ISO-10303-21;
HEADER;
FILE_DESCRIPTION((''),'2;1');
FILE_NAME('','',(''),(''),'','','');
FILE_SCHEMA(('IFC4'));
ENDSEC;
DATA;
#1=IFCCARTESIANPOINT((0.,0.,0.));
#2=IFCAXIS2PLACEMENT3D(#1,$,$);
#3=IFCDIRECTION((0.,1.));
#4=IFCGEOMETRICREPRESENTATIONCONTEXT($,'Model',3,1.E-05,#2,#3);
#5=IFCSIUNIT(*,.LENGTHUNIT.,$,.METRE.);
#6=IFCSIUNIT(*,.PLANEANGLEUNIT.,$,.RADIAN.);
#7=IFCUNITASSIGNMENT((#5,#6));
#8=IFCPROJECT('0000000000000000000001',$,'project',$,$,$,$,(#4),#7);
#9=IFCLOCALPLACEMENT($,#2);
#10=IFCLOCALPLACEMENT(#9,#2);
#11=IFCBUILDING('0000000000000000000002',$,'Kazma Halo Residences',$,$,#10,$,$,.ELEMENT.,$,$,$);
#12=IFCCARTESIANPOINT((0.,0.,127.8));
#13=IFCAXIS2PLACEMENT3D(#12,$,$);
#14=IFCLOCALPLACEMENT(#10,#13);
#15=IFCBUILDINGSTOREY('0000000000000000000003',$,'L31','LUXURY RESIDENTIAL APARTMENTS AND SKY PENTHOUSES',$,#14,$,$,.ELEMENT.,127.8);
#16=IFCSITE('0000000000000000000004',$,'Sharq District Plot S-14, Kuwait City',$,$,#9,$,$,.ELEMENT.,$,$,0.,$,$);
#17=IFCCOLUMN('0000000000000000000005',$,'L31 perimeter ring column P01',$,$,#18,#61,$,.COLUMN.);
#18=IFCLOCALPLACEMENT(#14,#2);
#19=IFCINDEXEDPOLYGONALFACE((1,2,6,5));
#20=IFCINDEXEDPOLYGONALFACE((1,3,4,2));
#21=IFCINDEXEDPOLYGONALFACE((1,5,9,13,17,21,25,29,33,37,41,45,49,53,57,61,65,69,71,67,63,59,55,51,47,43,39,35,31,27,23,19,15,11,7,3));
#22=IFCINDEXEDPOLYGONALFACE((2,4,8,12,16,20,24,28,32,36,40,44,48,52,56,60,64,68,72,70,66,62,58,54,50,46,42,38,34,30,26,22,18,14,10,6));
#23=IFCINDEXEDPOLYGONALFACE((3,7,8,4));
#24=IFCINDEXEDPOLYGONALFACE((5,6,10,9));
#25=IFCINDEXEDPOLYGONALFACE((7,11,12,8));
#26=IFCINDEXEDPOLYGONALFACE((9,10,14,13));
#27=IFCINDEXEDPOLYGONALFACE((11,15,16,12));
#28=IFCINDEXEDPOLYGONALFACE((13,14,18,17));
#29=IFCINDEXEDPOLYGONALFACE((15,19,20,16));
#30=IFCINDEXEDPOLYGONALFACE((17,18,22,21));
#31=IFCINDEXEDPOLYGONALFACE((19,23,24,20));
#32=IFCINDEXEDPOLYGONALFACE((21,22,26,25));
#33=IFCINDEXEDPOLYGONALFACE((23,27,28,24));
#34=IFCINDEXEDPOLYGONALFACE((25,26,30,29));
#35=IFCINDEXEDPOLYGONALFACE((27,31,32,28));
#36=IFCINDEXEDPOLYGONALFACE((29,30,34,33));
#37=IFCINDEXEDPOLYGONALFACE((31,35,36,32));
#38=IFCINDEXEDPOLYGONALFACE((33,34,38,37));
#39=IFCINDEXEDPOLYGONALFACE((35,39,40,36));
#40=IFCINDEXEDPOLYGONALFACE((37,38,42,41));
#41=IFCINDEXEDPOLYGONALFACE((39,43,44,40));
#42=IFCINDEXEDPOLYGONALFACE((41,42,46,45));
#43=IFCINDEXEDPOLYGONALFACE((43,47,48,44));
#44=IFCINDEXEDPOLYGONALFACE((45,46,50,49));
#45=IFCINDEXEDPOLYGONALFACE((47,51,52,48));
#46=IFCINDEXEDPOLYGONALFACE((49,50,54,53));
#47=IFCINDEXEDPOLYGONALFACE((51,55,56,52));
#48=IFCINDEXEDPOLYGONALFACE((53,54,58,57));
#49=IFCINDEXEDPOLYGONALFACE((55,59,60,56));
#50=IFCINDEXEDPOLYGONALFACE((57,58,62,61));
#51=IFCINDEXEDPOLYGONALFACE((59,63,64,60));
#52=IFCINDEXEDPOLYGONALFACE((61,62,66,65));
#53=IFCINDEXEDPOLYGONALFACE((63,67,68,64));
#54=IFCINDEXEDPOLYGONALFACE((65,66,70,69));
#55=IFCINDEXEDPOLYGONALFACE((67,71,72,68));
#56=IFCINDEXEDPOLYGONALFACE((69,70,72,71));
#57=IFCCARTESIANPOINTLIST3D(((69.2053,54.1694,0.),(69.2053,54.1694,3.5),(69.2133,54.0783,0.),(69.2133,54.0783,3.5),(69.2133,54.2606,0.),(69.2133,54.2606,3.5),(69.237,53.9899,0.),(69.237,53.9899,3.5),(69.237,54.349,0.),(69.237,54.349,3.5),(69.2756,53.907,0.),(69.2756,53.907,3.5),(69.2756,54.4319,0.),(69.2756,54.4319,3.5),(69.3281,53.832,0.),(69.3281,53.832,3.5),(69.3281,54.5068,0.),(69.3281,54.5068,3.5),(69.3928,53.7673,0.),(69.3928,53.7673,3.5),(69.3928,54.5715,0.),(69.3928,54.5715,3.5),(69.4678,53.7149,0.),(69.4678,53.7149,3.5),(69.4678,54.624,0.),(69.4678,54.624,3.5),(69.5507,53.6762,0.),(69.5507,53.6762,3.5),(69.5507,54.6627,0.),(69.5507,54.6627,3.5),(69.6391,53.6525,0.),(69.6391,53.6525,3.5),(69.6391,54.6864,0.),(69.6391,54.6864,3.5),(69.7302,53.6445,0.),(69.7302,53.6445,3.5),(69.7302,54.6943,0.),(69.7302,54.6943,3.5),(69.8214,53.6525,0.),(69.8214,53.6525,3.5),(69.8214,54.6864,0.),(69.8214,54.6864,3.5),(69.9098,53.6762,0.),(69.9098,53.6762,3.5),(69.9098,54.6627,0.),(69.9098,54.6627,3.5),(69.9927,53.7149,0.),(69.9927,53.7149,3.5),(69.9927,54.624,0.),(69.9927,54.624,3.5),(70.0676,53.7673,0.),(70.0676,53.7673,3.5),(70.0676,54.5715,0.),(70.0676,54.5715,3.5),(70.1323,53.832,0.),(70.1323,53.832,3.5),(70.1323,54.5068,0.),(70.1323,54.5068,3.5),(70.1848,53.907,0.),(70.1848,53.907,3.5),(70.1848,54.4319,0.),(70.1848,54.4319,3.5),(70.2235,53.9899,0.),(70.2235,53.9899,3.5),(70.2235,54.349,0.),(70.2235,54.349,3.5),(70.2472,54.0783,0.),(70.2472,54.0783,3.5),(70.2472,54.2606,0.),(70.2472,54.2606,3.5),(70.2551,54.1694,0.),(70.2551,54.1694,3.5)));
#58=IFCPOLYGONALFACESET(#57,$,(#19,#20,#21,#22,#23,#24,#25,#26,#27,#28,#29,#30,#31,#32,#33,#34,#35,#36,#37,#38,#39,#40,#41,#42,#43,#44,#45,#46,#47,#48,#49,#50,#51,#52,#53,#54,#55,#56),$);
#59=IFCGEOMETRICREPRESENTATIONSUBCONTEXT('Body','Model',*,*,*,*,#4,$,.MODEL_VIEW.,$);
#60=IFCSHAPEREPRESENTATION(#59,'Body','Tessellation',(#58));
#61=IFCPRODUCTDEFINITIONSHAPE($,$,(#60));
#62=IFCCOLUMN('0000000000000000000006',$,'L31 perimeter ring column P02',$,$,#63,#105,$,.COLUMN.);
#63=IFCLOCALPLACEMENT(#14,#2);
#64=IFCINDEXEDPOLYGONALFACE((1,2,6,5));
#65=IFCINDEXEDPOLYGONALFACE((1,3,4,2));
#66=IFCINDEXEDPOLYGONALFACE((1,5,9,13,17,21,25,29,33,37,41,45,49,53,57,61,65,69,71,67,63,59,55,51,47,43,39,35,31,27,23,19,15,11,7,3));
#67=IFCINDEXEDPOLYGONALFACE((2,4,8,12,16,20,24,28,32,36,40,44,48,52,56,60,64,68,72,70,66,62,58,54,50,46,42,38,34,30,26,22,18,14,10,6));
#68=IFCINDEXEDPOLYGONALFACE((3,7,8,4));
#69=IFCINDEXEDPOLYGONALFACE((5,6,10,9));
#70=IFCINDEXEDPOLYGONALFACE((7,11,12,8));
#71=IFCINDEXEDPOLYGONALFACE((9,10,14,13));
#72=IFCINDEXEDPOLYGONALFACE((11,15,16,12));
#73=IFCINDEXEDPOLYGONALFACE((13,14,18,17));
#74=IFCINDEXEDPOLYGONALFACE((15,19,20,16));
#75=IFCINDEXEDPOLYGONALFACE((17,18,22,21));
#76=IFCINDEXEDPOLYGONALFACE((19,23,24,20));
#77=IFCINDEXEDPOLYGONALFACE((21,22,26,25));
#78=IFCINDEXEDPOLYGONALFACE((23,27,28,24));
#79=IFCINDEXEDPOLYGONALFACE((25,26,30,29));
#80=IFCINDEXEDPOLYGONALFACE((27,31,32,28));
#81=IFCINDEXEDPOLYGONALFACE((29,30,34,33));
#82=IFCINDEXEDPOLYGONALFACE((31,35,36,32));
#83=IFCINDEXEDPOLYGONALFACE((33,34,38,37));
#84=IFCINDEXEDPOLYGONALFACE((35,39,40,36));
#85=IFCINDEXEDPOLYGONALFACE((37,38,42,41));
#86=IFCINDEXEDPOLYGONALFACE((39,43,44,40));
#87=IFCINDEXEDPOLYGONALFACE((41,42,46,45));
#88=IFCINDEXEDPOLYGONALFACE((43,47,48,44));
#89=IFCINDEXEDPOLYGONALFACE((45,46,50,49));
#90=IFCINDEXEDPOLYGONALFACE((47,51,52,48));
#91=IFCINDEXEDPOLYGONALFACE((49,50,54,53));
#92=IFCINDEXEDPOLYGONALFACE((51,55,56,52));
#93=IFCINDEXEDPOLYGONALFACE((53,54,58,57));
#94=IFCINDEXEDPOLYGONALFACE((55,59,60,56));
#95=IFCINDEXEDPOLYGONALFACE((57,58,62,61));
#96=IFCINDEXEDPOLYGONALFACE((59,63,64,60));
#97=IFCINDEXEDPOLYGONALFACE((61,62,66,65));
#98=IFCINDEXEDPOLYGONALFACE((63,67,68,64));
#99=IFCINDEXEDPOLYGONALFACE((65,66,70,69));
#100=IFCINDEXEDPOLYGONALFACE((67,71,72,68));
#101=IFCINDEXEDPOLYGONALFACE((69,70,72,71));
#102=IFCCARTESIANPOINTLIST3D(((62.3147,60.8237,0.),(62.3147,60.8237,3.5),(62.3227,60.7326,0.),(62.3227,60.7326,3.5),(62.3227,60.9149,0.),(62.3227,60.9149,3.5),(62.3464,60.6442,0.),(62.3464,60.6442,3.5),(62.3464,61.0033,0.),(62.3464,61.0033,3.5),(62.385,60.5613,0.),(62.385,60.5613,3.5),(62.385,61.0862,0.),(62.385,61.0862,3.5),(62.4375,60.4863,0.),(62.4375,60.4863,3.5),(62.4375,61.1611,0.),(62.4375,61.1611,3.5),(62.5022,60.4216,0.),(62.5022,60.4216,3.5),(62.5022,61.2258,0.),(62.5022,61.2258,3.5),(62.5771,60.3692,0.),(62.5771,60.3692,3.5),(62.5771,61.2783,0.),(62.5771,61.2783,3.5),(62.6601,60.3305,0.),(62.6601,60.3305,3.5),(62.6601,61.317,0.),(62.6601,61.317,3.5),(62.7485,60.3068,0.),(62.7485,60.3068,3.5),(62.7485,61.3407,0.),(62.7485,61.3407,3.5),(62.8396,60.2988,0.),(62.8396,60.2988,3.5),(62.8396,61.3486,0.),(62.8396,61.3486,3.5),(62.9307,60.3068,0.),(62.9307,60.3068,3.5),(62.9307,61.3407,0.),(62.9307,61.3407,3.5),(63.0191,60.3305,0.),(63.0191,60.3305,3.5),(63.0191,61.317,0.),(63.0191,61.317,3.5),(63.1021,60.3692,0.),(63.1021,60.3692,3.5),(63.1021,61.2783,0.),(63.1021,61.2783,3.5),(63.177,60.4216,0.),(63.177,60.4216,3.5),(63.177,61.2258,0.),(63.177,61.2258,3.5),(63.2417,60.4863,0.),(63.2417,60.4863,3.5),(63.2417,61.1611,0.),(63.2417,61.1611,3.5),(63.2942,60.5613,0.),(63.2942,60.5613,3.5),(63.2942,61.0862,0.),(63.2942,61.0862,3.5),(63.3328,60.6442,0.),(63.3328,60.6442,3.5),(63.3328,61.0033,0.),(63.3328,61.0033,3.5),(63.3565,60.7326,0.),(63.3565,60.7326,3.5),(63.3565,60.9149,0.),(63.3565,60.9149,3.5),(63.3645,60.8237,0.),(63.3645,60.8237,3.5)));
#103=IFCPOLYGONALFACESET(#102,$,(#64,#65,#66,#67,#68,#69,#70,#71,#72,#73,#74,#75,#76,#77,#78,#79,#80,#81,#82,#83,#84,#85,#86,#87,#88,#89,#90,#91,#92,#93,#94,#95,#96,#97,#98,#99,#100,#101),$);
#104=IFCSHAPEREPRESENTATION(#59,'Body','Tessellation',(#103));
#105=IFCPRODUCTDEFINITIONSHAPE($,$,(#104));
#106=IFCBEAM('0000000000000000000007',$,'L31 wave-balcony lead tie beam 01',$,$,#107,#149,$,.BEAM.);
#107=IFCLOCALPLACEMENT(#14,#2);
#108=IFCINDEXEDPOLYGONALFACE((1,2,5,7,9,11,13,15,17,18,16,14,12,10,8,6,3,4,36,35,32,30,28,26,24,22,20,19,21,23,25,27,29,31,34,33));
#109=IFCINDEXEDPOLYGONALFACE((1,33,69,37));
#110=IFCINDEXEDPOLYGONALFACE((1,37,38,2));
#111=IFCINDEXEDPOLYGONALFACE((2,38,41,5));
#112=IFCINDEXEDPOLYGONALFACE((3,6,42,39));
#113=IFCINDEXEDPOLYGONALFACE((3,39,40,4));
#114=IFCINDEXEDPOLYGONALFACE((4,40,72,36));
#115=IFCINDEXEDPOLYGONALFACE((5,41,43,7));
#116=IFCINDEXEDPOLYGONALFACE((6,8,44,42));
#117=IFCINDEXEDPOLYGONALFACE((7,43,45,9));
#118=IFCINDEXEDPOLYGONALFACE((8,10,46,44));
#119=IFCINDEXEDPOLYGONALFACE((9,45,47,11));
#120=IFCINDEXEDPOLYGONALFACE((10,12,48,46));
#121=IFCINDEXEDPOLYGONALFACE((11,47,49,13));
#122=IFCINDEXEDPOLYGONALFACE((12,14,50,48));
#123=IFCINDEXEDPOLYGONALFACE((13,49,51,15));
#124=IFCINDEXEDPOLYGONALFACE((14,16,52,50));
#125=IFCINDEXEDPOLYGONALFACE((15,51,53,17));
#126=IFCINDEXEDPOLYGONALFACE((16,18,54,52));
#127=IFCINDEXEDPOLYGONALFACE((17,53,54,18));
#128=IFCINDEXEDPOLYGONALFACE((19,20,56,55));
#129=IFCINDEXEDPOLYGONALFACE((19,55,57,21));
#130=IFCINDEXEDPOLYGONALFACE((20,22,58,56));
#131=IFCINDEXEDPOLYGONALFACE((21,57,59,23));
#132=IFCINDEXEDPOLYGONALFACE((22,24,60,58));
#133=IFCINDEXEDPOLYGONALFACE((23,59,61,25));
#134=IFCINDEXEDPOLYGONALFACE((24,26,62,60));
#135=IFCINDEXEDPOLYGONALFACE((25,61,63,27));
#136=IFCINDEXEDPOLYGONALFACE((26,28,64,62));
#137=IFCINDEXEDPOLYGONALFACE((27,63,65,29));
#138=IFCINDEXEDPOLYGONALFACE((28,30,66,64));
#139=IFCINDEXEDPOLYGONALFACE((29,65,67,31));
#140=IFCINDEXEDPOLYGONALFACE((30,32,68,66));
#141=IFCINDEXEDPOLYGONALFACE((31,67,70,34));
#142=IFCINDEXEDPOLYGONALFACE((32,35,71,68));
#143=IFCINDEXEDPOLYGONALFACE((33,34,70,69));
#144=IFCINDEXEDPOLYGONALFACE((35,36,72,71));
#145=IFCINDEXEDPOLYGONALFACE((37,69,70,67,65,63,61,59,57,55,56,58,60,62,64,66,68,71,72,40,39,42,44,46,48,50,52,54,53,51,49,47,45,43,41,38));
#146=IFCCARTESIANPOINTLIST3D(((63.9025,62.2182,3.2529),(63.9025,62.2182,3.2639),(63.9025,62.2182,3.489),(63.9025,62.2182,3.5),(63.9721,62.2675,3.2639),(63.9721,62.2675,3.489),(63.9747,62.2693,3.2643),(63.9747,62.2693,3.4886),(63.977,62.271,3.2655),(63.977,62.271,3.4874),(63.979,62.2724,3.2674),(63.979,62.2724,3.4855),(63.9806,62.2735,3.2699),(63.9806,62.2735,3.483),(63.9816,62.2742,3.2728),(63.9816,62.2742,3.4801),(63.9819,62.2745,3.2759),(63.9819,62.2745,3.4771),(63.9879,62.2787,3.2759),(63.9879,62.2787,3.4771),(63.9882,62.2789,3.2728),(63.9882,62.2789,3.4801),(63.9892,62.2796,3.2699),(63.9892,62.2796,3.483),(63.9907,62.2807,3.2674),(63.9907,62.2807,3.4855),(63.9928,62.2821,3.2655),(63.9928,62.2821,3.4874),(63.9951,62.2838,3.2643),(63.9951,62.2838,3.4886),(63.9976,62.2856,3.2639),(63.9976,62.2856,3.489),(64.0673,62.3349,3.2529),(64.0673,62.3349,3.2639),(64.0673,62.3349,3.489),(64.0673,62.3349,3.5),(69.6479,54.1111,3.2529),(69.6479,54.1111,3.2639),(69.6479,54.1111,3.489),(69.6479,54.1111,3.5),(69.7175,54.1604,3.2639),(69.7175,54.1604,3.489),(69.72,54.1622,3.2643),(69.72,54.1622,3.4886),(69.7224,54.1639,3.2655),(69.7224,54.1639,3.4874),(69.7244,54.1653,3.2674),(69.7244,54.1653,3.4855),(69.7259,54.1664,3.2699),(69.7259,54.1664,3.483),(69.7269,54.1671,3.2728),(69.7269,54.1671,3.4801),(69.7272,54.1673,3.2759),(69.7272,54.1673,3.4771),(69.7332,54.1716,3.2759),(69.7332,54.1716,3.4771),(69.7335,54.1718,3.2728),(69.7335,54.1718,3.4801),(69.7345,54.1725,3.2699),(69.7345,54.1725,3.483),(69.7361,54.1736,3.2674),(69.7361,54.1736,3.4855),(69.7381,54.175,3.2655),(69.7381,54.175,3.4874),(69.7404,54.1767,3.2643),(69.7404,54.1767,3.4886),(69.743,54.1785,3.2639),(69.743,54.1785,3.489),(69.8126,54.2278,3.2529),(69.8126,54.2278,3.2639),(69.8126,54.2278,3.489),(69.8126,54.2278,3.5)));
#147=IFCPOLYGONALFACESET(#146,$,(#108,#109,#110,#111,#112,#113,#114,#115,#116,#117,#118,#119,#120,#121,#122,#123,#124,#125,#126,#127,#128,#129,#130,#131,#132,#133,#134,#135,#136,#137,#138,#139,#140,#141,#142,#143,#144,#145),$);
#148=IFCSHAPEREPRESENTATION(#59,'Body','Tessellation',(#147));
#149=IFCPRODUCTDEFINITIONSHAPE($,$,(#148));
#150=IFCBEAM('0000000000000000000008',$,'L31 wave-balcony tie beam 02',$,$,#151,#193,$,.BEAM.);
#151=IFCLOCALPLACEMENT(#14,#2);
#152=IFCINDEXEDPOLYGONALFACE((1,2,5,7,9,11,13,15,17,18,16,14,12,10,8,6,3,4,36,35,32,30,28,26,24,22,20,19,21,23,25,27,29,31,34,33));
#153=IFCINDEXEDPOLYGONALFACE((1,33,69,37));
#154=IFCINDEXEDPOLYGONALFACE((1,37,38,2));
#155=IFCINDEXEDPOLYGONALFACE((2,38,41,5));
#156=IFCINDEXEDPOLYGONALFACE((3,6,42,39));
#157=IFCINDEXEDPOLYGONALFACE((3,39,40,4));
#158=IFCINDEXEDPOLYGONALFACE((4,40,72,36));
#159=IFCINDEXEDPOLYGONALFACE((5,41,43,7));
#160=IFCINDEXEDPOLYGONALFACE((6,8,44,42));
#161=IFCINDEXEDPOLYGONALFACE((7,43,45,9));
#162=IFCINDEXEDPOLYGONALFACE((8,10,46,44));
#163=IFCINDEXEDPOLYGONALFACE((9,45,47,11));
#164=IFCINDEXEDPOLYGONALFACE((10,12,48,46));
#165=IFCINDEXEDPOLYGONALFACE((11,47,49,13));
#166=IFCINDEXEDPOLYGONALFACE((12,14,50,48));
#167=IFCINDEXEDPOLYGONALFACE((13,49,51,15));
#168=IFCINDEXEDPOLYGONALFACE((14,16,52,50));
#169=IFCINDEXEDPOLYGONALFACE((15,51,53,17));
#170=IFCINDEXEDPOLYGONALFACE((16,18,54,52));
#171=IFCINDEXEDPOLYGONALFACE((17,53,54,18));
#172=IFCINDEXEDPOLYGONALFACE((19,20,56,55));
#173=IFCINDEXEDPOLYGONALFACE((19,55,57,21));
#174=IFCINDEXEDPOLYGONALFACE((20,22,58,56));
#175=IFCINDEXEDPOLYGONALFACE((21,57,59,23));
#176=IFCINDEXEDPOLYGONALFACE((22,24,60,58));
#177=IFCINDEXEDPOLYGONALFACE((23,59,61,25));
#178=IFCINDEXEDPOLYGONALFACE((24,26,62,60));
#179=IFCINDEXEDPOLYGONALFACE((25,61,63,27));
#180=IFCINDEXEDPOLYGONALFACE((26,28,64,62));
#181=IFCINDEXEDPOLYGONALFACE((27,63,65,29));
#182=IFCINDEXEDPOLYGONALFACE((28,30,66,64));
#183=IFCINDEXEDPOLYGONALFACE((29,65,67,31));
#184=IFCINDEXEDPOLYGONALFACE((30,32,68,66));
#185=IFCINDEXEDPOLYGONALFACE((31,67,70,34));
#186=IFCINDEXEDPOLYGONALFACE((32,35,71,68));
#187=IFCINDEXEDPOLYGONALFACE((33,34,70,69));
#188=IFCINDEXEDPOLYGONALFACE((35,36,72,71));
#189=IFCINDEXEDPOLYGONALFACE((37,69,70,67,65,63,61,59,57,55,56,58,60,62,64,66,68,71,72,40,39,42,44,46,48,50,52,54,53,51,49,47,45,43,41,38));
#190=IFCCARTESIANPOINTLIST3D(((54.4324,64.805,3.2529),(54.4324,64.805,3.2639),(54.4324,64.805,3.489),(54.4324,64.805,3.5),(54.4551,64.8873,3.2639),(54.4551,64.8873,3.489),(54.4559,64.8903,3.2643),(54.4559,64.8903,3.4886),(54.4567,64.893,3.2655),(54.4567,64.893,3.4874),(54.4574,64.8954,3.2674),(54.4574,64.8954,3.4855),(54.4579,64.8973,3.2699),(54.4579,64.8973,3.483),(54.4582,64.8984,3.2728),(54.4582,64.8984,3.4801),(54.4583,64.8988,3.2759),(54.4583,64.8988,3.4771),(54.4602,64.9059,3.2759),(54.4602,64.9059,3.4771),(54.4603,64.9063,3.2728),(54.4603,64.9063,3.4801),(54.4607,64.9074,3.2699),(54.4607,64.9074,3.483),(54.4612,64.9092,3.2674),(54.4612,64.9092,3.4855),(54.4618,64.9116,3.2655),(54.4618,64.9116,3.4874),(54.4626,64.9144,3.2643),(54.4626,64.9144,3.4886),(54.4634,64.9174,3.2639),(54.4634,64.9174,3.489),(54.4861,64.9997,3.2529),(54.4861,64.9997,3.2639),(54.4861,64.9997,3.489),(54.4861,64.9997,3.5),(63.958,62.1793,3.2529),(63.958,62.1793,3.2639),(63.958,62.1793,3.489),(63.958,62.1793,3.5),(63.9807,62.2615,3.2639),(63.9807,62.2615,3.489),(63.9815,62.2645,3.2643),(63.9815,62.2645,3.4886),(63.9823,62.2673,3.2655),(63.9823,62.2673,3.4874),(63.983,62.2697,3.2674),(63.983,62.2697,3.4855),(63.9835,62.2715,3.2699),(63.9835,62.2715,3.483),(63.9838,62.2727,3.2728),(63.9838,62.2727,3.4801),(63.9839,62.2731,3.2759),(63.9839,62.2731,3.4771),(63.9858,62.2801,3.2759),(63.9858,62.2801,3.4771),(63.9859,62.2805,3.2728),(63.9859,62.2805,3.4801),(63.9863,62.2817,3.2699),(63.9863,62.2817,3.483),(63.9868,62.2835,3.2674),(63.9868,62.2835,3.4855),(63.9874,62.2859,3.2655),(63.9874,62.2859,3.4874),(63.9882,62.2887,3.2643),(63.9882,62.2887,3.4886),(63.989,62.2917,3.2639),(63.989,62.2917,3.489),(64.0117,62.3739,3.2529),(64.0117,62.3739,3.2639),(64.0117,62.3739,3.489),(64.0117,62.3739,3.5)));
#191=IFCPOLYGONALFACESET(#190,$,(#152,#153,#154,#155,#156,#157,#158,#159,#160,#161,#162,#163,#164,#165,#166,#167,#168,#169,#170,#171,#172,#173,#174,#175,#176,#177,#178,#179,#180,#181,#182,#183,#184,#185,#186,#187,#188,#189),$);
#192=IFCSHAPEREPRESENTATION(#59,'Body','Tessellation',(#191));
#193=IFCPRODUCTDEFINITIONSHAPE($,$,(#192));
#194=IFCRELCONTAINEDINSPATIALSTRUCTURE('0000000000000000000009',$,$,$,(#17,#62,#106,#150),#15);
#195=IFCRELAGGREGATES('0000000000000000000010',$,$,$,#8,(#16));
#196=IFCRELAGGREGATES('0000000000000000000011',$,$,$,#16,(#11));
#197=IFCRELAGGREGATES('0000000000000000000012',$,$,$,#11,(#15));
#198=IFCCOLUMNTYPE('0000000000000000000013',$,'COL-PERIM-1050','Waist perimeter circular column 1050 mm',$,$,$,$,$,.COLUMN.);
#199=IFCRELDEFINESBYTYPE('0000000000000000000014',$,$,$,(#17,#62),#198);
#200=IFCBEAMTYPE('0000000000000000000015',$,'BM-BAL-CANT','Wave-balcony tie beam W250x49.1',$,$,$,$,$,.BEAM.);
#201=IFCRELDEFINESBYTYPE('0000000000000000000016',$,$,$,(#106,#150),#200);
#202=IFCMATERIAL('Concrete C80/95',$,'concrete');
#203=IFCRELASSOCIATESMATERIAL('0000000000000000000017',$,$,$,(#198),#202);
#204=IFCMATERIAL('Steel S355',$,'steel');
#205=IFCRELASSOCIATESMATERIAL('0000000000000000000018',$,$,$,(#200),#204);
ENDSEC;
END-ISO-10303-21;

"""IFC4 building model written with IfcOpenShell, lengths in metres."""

from ifc_helpers import new_model, si_unit, direction, frame, origin, origin_2d, place, context, subcontext, project, spatial, circle, i_section, extrude, material, material_profile, profile_set, type_object, element, save


model = new_model("IFC4")

# Units and contexts
model_context = context("Model", 3, precision=1e-05, world=origin(), true_north=direction((0.0, 1.0)))
body_context = subcontext(model_context, "Body", "Model", "MODEL_VIEW")
ifc_project = project(units=[si_unit("LENGTHUNIT", "METRE"), si_unit("PLANEANGLEUNIT", "RADIAN")], contexts=[model_context])

# Site, building, storey
site_placement = place(None, origin())
site = spatial("IfcSite", under=ifc_project, at=site_placement, Name="Sharq District Plot S-14, Kuwait City", CompositionType="ELEMENT", RefElevation=0.0)
building_placement = place(site_placement, origin())
building = spatial("IfcBuilding", under=site, at=building_placement, Name="Kazma Halo Residences", CompositionType="ELEMENT")
storey_placement = place(building_placement, frame((0.0, 0.0, 127.8)))
storey = spatial("IfcBuildingStorey", under=building, at=storey_placement, Name="L31", Description="LUXURY RESIDENTIAL APARTMENTS AND SKY PENTHOUSES", CompositionType="ELEMENT", Elevation=127.8)

# Columns
ifc_material_1 = material(Name="Concrete C80/95", Category="concrete")
ifc_material_profile_1 = material_profile(ifc_material_1, circle(Radius=0.5249, at=origin_2d()), Name="CIRC1050")
ifc_profile_set_1 = profile_set([ifc_material_profile_1], Name="Concrete C80/95")
column_type = type_object("IfcColumnType", Name="COL-PERIM-1050", Description="Waist perimeter circular column 1050 mm", PredefinedType="COLUMN", material=ifc_profile_set_1)
for number, where, z_axis, x_axis, name in (
    (1, (69.7302, 54.1694, 0.0), (0.0, 0.0, 1.0), (1.0, 0.0, 0.0), "L31 perimeter ring column P01"),
    (2, (62.8396, 60.8237, 0.0), (0.0, 0.0, 1.0), (1.0, 0.0, 0.0), "L31 perimeter ring column P02"),
):
    element("IfcColumn", number, at=place(storey_placement, frame(where, z_axis=z_axis, x_axis=x_axis)), inside=storey, type_object=column_type, Name=name, PredefinedType="COLUMN", context=body_context, shape_type="SweptSolid", body=[
        extrude(circle(Radius=0.5249, at=origin_2d()), origin(), (0.0, 0.0, 1.0), 3.5),
    ])

# Beams
ifc_material_2 = material(Name="Steel S355", Category="steel")
ifc_material_profile_2 = material_profile(ifc_material_2, i_section(OverallWidth=0.2019, OverallDepth=0.2471, WebThickness=0.0073, FlangeThickness=0.011, FilletRadius=0.012, at=origin_2d()), Name="W250x49.1")
ifc_profile_set_2 = profile_set([ifc_material_profile_2], Name="Steel S355")
beam_type_1 = type_object("IfcBeamType", Name="BM-BAL-CANT", Description="Wave-balcony tie beam W250x49.1", PredefinedType="BEAM", material=ifc_profile_set_2)
beam_1_placement = place(storey_placement, frame((69.7302, 54.1694, 3.3765), z_axis=(-0.578203, 0.815893, 0.0), x_axis=(-0.815893, -0.578203, 0.0)))
element("IfcBeam", 3, at=beam_1_placement, inside=storey, type_object=beam_type_1, Name="L31 wave-balcony lead tie beam 01", PredefinedType="BEAM", context=body_context, shape_type="SweptSolid", body=[
    extrude(i_section(OverallWidth=0.2019, OverallDepth=0.2471, WebThickness=0.0073, FlangeThickness=0.011, FilletRadius=0.012, at=origin_2d()), origin(), (0.0, 0.0, 1.0), 9.9365),
])
beam_2_placement = place(storey_placement, frame((63.9849, 62.2766, 3.3765), z_axis=(-0.964045, 0.265738, 0.0), x_axis=(-0.265738, -0.964045, 0.0)))
element("IfcBeam", 4, at=beam_2_placement, inside=storey, type_object=beam_type_1, Name="L31 wave-balcony tie beam 02", PredefinedType="BEAM", context=body_context, shape_type="SweptSolid", body=[
    extrude(i_section(OverallWidth=0.2019, OverallDepth=0.2471, WebThickness=0.0073, FlangeThickness=0.011, FilletRadius=0.012, at=origin_2d()), origin(), (0.0, 0.0, 1.0), 9.8809),
])

save(model, "model.ifc")
